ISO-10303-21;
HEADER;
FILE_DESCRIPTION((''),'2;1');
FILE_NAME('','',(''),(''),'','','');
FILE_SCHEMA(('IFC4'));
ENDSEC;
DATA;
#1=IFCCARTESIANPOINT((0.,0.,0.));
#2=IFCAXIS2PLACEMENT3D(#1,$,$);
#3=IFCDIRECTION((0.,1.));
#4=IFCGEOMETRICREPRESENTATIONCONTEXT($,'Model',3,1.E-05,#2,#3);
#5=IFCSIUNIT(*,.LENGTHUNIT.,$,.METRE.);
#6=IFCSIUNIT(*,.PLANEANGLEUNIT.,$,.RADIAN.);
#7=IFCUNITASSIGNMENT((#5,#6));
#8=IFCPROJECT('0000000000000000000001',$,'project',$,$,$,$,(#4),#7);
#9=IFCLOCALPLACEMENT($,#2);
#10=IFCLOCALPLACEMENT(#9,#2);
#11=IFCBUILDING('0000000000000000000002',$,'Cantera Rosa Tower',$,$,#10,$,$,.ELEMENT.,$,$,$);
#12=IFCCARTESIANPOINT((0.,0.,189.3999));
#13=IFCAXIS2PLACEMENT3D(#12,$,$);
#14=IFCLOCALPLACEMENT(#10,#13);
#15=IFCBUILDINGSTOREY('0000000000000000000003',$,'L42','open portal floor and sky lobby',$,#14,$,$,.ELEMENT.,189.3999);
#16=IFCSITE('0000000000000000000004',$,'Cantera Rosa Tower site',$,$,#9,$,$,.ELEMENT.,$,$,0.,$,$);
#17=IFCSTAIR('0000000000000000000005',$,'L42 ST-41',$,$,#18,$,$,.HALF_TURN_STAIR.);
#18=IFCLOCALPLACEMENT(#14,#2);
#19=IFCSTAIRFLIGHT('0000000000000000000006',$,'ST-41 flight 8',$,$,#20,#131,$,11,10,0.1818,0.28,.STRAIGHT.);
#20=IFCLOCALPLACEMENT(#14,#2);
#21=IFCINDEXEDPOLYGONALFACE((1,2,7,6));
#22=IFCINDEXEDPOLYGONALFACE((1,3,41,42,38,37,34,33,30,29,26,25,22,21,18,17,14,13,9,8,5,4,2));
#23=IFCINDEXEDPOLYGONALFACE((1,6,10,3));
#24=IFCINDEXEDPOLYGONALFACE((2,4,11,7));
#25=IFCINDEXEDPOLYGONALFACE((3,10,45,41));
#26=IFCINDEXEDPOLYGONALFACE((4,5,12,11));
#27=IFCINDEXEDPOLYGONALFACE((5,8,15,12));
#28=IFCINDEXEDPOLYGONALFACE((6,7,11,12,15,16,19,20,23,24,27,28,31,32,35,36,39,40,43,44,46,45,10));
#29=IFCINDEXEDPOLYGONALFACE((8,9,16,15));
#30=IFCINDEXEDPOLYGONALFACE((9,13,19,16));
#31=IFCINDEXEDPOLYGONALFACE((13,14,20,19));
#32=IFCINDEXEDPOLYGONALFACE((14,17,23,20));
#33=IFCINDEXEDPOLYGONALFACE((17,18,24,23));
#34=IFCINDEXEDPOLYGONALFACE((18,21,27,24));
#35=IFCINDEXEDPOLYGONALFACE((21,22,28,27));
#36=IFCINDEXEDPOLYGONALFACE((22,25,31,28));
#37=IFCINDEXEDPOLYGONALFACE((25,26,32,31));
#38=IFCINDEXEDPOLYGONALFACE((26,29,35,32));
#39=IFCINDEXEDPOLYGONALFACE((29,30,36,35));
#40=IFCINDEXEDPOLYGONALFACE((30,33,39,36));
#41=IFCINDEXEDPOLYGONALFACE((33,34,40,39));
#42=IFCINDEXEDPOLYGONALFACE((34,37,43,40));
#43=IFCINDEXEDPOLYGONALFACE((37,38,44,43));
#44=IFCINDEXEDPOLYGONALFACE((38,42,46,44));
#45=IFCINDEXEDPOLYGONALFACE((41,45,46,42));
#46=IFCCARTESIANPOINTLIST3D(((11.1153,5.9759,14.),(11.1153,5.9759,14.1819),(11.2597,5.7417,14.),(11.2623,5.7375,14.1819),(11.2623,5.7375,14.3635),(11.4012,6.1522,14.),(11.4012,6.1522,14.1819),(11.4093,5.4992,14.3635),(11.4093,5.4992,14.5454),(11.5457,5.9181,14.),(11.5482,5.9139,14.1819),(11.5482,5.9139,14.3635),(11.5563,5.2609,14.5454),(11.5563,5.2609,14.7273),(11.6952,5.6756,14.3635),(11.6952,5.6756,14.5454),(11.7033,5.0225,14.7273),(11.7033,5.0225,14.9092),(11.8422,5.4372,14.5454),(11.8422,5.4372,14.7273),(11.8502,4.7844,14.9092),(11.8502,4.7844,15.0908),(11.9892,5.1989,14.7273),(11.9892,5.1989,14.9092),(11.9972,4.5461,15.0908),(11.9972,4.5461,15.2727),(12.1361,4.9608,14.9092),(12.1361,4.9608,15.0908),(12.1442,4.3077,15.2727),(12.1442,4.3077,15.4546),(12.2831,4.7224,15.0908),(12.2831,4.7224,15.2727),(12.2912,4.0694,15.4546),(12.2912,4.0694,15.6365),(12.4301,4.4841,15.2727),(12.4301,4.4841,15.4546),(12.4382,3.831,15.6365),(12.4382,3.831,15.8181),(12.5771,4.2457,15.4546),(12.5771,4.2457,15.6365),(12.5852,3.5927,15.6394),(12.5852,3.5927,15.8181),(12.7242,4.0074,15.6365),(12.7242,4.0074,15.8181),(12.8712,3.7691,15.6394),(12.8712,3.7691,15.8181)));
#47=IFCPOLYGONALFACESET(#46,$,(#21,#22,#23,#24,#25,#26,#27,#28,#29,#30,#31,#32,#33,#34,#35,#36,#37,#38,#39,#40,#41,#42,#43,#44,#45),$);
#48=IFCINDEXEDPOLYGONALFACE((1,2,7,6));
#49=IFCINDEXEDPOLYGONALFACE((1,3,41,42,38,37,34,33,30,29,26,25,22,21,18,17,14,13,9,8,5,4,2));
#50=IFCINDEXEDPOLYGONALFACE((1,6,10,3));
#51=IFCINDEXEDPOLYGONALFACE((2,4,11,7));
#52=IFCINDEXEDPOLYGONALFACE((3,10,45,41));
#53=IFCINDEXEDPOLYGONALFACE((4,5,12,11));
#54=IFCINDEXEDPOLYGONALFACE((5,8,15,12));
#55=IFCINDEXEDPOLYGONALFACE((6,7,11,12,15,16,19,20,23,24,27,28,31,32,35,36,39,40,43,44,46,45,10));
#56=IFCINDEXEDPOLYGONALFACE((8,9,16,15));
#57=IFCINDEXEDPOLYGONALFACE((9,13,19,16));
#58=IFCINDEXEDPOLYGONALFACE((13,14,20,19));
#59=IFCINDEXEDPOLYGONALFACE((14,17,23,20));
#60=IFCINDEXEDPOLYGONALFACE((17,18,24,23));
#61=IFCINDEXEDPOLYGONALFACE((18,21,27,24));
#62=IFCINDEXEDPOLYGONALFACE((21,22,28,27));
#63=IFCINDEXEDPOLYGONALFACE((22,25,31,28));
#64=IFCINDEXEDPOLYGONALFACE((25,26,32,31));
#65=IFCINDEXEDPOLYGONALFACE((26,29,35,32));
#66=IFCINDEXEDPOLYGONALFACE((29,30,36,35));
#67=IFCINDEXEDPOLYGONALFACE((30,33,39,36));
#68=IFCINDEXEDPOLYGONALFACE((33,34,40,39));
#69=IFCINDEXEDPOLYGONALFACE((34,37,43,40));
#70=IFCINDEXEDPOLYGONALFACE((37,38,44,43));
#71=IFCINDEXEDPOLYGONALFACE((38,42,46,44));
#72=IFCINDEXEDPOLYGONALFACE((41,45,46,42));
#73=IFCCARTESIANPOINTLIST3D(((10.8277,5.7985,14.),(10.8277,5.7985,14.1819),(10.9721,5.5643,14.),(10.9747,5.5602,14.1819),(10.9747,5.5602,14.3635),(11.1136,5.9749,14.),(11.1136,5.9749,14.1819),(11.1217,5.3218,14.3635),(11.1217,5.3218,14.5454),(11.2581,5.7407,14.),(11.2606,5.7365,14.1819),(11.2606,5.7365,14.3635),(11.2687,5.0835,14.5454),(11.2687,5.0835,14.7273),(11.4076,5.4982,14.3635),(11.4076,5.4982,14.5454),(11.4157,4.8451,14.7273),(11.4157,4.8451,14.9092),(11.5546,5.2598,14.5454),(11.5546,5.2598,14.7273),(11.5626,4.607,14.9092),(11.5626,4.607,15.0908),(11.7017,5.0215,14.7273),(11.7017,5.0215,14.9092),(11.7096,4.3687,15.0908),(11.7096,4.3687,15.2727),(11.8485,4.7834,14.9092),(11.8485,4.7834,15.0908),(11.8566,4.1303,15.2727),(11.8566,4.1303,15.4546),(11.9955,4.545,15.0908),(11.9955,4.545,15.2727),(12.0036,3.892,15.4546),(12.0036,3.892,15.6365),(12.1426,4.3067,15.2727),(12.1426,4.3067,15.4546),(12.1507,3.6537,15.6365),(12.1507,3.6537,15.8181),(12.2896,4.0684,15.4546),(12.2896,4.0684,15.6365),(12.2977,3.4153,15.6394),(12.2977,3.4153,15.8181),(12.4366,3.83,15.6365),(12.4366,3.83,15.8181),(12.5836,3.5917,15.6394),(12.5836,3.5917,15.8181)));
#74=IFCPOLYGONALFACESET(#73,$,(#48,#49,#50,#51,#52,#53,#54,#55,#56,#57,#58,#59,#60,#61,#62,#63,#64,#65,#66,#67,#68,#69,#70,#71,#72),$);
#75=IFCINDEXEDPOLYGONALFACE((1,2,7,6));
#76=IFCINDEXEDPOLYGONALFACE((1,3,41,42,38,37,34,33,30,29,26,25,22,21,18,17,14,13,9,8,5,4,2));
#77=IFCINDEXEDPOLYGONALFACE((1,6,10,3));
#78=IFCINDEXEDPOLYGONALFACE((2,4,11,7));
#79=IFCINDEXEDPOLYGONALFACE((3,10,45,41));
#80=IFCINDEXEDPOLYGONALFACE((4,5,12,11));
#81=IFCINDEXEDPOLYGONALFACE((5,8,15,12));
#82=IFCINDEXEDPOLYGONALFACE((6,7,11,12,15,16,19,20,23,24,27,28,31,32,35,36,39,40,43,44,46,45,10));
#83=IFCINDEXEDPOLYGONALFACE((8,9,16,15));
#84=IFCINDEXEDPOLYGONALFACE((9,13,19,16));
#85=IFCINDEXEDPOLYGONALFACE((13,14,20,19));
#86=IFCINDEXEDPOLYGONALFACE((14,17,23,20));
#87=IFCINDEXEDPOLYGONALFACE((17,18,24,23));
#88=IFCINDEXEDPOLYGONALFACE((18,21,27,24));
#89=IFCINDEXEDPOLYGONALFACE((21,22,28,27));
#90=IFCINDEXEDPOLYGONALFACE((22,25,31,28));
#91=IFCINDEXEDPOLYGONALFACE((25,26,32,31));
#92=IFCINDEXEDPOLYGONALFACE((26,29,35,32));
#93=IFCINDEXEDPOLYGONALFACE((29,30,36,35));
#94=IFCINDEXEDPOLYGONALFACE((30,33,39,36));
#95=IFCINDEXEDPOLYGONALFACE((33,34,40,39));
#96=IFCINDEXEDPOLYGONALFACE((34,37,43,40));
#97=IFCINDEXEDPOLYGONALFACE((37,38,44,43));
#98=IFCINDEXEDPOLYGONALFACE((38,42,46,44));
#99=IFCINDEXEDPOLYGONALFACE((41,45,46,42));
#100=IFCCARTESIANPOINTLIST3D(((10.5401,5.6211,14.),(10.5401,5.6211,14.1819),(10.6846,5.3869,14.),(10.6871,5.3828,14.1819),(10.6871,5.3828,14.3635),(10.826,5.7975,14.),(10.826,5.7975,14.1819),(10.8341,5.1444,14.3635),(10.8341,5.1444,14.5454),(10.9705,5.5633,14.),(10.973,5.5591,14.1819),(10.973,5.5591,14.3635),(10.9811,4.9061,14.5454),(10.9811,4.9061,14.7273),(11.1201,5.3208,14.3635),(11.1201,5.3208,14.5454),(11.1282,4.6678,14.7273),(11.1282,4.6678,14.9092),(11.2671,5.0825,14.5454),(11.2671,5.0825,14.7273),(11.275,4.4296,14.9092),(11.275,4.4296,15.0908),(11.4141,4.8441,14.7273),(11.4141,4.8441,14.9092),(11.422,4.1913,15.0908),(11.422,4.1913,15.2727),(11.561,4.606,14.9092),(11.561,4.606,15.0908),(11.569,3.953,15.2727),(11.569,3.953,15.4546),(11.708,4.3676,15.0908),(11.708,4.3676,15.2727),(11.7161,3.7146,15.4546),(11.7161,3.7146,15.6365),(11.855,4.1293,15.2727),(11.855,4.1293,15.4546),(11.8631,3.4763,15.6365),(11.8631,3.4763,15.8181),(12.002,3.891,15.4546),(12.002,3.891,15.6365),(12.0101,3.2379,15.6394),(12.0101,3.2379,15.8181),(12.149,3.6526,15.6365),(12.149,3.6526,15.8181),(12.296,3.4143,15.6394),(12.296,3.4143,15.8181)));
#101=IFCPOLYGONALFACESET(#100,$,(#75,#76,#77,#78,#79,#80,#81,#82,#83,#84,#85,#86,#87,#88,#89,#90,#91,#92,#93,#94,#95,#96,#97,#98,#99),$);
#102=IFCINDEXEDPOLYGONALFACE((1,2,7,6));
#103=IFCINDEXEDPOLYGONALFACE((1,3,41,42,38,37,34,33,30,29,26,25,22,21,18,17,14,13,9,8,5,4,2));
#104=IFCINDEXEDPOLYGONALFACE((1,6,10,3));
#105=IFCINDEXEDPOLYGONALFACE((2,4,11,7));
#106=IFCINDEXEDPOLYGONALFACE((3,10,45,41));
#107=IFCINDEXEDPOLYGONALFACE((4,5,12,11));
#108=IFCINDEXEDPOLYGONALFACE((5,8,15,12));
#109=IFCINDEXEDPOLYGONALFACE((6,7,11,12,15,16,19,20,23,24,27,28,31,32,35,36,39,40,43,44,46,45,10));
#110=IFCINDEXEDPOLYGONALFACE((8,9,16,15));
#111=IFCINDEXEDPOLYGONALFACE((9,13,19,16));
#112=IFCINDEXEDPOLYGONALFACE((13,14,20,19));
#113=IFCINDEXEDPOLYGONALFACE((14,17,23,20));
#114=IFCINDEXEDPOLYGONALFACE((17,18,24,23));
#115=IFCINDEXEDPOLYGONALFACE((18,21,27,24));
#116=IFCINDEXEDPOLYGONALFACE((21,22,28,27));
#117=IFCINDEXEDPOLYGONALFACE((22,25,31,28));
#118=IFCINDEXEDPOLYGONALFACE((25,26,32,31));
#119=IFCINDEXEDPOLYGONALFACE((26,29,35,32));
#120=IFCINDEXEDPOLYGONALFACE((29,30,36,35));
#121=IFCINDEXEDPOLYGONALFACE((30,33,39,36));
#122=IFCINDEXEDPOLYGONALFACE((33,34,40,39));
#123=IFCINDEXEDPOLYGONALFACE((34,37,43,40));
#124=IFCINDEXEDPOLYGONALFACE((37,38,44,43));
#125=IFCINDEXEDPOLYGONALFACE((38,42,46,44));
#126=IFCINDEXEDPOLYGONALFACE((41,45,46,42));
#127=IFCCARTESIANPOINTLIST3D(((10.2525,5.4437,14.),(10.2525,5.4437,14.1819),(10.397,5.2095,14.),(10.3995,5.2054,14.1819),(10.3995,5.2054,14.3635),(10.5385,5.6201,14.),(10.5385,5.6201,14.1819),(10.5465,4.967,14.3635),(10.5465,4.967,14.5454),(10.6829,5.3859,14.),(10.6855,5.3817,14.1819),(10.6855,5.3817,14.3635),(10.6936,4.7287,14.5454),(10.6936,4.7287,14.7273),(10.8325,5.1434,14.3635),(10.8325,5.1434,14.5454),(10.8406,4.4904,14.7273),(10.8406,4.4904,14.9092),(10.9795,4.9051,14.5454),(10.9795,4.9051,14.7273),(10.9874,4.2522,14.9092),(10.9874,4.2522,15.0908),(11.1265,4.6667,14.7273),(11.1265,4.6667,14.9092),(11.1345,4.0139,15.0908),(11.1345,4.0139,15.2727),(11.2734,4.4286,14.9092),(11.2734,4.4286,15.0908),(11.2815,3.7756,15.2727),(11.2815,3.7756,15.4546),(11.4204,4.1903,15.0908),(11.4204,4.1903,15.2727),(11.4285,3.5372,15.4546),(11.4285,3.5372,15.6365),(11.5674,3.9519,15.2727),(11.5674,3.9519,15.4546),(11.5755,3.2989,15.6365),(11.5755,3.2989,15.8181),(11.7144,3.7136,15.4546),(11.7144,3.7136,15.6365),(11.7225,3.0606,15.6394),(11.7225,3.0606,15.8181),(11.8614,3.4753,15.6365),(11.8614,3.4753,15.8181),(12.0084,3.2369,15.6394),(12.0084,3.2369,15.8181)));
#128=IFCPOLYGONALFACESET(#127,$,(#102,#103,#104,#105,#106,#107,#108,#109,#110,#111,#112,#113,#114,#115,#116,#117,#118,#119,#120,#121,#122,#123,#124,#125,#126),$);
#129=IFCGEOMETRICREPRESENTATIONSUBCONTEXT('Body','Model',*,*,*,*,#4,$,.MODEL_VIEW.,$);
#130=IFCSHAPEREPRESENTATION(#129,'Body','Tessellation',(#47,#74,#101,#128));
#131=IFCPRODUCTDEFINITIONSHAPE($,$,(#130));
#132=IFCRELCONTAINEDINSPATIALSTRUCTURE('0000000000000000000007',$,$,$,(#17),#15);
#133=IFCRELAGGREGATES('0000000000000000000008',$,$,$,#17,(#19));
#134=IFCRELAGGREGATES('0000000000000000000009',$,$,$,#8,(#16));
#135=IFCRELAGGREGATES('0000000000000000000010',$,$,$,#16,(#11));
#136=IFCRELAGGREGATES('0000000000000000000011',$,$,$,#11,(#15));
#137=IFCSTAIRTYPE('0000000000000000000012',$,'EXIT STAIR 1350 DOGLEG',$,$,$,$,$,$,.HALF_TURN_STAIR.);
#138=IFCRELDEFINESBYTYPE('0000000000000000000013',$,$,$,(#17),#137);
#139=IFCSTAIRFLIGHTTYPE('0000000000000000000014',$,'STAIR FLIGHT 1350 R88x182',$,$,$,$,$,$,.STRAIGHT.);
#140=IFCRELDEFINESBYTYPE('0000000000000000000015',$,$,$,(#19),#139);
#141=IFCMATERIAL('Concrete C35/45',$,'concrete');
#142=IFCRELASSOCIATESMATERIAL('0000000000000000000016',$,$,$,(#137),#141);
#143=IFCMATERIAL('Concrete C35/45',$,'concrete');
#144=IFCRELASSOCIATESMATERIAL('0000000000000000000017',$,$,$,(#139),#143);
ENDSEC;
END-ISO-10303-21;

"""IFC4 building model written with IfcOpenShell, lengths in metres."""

from ifc_helpers import new_model, si_unit, direction, frame, origin, place, context, subcontext, project, spatial, polyline, outline, extrude, material, type_object, element, aggregate, save


model = new_model("IFC4")

# Units and contexts
model_context = context("Model", 3, precision=1e-05, world=origin(), true_north=direction((0.0, 1.0)))
body_context = subcontext(model_context, "Body", "Model", "MODEL_VIEW")
ifc_project = project(units=[si_unit("LENGTHUNIT", "METRE"), si_unit("PLANEANGLEUNIT", "RADIAN")], contexts=[model_context])

# Site, building, storey
site_placement = place(None, origin())
site = spatial("IfcSite", under=ifc_project, at=site_placement, Name="Cantera Rosa Tower site", CompositionType="ELEMENT", RefElevation=0.0)
building_placement = place(site_placement, origin())
building = spatial("IfcBuilding", under=site, at=building_placement, Name="Cantera Rosa Tower", CompositionType="ELEMENT")
storey_placement = place(building_placement, frame((0.0, 0.0, 189.3999)))
storey = spatial("IfcBuildingStorey", under=building, at=storey_placement, Name="L42", Description="open portal floor and sky lobby", CompositionType="ELEMENT", Elevation=189.3999)

# Stair, stair flight
ifc_material_1 = material(Name="Concrete C35/45", Category="concrete")
stair_type = type_object("IfcStairType", Name="EXIT STAIR 1350 DOGLEG", PredefinedType="HALF_TURN_STAIR", material=ifc_material_1)
stair_placement = place(storey_placement, origin())
stair = element("IfcStair", 1, at=stair_placement, inside=storey, type_object=stair_type, Name="L42 ST-41", PredefinedType="HALF_TURN_STAIR")
ifc_material_2 = material(Name="Concrete C35/45", Category="concrete")
stair_flight_type = type_object("IfcStairFlightType", Name="STAIR FLIGHT 1350 R88x182", PredefinedType="STRAIGHT", material=ifc_material_2)
stair_flight_1_placement = place(storey_placement, frame((10.8267, 5.7979, 14.0), z_axis=(0.0, 0.0, 1.0), x_axis=(0.524977, -0.851117, 0.0)))
stair_flight_1 = element("IfcStairFlight", 2, at=stair_flight_1_placement, type_object=stair_flight_type, Name="ST-41 flight 8", NumberOfRisers=11, NumberOfTreads=10, PredefinedType="STRAIGHT", RiserHeight=0.1818, TreadLength=0.28, context=body_context, shape_type="SweptSolid", body=[
    extrude(outline(polyline([(0.0, 0.0), (0.0, 0.1819), (0.28, 0.1819), (0.28, 0.3635), (0.5601, 0.3635), (0.5601, 0.5454), (0.8401, 0.5454), (0.8401, 0.7273), (1.1201, 0.7273), (1.1201, 0.9092), (1.3999, 0.9092), (1.3999, 1.0908), (1.6799, 1.0908), (1.6799, 1.2727), (1.96, 1.2727), (1.96, 1.4546), (2.24, 1.4546), (2.24, 1.6365), (2.52, 1.6365), (2.52, 1.8181), (2.8, 1.8181), (2.8, 2.0), (2.8, 1.6394), (0.2751, 0.0), (0.0, 0.0)])), frame((0.0, 0.675, 0.0), z_axis=(0.0, -1.0, 0.0), x_axis=(1.0, 0.0, 0.0)), (0.0, 0.0, 1.0), 0.3359),
    extrude(outline(polyline([(0.0, 0.0), (0.0, 0.1819), (0.28, 0.1819), (0.28, 0.3635), (0.5601, 0.3635), (0.5601, 0.5454), (0.8401, 0.5454), (0.8401, 0.7273), (1.1201, 0.7273), (1.1201, 0.9092), (1.3999, 0.9092), (1.3999, 1.0908), (1.6799, 1.0908), (1.6799, 1.2727), (1.96, 1.2727), (1.96, 1.4546), (2.24, 1.4546), (2.24, 1.6365), (2.52, 1.6365), (2.52, 1.8181), (2.8, 1.8181), (2.8, 2.0), (2.8, 1.6394), (0.2751, 0.0), (0.0, 0.0)])), frame((0.0, 0.3372, 0.0), z_axis=(0.0, -1.0, 0.0), x_axis=(1.0, 0.0, 0.0)), (0.0, 0.0, 1.0), 0.3359),
    extrude(outline(polyline([(0.0, 0.0), (0.0, 0.1819), (0.28, 0.1819), (0.28, 0.3635), (0.5601, 0.3635), (0.5601, 0.5454), (0.8401, 0.5454), (0.8401, 0.7273), (1.1201, 0.7273), (1.1201, 0.9092), (1.3999, 0.9092), (1.3999, 1.0908), (1.6799, 1.0908), (1.6799, 1.2727), (1.96, 1.2727), (1.96, 1.4546), (2.24, 1.4546), (2.24, 1.6365), (2.52, 1.6365), (2.52, 1.8181), (2.8, 1.8181), (2.8, 2.0), (2.8, 1.6394), (0.2751, 0.0), (0.0, 0.0)])), frame((0.0, -0.0007, 0.0), z_axis=(0.0, -1.0, 0.0), x_axis=(1.0, 0.0, 0.0)), (0.0, 0.0, 1.0), 0.3359),
    extrude(outline(polyline([(0.0, 0.0), (0.0, 0.1819), (0.28, 0.1819), (0.28, 0.3635), (0.5601, 0.3635), (0.5601, 0.5454), (0.8401, 0.5454), (0.8401, 0.7273), (1.1201, 0.7273), (1.1201, 0.9092), (1.3999, 0.9092), (1.3999, 1.0908), (1.6799, 1.0908), (1.6799, 1.2727), (1.96, 1.2727), (1.96, 1.4546), (2.24, 1.4546), (2.24, 1.6365), (2.52, 1.6365), (2.52, 1.8181), (2.8, 1.8181), (2.8, 2.0), (2.8, 1.6394), (0.2751, 0.0), (0.0, 0.0)])), frame((0.0, -0.3386, 0.0), z_axis=(0.0, -1.0, 0.0), x_axis=(1.0, 0.0, 0.0)), (0.0, 0.0, 1.0), 0.3359),
])
aggregate(stair, [stair_flight_1])

save(model, "model.ifc")
